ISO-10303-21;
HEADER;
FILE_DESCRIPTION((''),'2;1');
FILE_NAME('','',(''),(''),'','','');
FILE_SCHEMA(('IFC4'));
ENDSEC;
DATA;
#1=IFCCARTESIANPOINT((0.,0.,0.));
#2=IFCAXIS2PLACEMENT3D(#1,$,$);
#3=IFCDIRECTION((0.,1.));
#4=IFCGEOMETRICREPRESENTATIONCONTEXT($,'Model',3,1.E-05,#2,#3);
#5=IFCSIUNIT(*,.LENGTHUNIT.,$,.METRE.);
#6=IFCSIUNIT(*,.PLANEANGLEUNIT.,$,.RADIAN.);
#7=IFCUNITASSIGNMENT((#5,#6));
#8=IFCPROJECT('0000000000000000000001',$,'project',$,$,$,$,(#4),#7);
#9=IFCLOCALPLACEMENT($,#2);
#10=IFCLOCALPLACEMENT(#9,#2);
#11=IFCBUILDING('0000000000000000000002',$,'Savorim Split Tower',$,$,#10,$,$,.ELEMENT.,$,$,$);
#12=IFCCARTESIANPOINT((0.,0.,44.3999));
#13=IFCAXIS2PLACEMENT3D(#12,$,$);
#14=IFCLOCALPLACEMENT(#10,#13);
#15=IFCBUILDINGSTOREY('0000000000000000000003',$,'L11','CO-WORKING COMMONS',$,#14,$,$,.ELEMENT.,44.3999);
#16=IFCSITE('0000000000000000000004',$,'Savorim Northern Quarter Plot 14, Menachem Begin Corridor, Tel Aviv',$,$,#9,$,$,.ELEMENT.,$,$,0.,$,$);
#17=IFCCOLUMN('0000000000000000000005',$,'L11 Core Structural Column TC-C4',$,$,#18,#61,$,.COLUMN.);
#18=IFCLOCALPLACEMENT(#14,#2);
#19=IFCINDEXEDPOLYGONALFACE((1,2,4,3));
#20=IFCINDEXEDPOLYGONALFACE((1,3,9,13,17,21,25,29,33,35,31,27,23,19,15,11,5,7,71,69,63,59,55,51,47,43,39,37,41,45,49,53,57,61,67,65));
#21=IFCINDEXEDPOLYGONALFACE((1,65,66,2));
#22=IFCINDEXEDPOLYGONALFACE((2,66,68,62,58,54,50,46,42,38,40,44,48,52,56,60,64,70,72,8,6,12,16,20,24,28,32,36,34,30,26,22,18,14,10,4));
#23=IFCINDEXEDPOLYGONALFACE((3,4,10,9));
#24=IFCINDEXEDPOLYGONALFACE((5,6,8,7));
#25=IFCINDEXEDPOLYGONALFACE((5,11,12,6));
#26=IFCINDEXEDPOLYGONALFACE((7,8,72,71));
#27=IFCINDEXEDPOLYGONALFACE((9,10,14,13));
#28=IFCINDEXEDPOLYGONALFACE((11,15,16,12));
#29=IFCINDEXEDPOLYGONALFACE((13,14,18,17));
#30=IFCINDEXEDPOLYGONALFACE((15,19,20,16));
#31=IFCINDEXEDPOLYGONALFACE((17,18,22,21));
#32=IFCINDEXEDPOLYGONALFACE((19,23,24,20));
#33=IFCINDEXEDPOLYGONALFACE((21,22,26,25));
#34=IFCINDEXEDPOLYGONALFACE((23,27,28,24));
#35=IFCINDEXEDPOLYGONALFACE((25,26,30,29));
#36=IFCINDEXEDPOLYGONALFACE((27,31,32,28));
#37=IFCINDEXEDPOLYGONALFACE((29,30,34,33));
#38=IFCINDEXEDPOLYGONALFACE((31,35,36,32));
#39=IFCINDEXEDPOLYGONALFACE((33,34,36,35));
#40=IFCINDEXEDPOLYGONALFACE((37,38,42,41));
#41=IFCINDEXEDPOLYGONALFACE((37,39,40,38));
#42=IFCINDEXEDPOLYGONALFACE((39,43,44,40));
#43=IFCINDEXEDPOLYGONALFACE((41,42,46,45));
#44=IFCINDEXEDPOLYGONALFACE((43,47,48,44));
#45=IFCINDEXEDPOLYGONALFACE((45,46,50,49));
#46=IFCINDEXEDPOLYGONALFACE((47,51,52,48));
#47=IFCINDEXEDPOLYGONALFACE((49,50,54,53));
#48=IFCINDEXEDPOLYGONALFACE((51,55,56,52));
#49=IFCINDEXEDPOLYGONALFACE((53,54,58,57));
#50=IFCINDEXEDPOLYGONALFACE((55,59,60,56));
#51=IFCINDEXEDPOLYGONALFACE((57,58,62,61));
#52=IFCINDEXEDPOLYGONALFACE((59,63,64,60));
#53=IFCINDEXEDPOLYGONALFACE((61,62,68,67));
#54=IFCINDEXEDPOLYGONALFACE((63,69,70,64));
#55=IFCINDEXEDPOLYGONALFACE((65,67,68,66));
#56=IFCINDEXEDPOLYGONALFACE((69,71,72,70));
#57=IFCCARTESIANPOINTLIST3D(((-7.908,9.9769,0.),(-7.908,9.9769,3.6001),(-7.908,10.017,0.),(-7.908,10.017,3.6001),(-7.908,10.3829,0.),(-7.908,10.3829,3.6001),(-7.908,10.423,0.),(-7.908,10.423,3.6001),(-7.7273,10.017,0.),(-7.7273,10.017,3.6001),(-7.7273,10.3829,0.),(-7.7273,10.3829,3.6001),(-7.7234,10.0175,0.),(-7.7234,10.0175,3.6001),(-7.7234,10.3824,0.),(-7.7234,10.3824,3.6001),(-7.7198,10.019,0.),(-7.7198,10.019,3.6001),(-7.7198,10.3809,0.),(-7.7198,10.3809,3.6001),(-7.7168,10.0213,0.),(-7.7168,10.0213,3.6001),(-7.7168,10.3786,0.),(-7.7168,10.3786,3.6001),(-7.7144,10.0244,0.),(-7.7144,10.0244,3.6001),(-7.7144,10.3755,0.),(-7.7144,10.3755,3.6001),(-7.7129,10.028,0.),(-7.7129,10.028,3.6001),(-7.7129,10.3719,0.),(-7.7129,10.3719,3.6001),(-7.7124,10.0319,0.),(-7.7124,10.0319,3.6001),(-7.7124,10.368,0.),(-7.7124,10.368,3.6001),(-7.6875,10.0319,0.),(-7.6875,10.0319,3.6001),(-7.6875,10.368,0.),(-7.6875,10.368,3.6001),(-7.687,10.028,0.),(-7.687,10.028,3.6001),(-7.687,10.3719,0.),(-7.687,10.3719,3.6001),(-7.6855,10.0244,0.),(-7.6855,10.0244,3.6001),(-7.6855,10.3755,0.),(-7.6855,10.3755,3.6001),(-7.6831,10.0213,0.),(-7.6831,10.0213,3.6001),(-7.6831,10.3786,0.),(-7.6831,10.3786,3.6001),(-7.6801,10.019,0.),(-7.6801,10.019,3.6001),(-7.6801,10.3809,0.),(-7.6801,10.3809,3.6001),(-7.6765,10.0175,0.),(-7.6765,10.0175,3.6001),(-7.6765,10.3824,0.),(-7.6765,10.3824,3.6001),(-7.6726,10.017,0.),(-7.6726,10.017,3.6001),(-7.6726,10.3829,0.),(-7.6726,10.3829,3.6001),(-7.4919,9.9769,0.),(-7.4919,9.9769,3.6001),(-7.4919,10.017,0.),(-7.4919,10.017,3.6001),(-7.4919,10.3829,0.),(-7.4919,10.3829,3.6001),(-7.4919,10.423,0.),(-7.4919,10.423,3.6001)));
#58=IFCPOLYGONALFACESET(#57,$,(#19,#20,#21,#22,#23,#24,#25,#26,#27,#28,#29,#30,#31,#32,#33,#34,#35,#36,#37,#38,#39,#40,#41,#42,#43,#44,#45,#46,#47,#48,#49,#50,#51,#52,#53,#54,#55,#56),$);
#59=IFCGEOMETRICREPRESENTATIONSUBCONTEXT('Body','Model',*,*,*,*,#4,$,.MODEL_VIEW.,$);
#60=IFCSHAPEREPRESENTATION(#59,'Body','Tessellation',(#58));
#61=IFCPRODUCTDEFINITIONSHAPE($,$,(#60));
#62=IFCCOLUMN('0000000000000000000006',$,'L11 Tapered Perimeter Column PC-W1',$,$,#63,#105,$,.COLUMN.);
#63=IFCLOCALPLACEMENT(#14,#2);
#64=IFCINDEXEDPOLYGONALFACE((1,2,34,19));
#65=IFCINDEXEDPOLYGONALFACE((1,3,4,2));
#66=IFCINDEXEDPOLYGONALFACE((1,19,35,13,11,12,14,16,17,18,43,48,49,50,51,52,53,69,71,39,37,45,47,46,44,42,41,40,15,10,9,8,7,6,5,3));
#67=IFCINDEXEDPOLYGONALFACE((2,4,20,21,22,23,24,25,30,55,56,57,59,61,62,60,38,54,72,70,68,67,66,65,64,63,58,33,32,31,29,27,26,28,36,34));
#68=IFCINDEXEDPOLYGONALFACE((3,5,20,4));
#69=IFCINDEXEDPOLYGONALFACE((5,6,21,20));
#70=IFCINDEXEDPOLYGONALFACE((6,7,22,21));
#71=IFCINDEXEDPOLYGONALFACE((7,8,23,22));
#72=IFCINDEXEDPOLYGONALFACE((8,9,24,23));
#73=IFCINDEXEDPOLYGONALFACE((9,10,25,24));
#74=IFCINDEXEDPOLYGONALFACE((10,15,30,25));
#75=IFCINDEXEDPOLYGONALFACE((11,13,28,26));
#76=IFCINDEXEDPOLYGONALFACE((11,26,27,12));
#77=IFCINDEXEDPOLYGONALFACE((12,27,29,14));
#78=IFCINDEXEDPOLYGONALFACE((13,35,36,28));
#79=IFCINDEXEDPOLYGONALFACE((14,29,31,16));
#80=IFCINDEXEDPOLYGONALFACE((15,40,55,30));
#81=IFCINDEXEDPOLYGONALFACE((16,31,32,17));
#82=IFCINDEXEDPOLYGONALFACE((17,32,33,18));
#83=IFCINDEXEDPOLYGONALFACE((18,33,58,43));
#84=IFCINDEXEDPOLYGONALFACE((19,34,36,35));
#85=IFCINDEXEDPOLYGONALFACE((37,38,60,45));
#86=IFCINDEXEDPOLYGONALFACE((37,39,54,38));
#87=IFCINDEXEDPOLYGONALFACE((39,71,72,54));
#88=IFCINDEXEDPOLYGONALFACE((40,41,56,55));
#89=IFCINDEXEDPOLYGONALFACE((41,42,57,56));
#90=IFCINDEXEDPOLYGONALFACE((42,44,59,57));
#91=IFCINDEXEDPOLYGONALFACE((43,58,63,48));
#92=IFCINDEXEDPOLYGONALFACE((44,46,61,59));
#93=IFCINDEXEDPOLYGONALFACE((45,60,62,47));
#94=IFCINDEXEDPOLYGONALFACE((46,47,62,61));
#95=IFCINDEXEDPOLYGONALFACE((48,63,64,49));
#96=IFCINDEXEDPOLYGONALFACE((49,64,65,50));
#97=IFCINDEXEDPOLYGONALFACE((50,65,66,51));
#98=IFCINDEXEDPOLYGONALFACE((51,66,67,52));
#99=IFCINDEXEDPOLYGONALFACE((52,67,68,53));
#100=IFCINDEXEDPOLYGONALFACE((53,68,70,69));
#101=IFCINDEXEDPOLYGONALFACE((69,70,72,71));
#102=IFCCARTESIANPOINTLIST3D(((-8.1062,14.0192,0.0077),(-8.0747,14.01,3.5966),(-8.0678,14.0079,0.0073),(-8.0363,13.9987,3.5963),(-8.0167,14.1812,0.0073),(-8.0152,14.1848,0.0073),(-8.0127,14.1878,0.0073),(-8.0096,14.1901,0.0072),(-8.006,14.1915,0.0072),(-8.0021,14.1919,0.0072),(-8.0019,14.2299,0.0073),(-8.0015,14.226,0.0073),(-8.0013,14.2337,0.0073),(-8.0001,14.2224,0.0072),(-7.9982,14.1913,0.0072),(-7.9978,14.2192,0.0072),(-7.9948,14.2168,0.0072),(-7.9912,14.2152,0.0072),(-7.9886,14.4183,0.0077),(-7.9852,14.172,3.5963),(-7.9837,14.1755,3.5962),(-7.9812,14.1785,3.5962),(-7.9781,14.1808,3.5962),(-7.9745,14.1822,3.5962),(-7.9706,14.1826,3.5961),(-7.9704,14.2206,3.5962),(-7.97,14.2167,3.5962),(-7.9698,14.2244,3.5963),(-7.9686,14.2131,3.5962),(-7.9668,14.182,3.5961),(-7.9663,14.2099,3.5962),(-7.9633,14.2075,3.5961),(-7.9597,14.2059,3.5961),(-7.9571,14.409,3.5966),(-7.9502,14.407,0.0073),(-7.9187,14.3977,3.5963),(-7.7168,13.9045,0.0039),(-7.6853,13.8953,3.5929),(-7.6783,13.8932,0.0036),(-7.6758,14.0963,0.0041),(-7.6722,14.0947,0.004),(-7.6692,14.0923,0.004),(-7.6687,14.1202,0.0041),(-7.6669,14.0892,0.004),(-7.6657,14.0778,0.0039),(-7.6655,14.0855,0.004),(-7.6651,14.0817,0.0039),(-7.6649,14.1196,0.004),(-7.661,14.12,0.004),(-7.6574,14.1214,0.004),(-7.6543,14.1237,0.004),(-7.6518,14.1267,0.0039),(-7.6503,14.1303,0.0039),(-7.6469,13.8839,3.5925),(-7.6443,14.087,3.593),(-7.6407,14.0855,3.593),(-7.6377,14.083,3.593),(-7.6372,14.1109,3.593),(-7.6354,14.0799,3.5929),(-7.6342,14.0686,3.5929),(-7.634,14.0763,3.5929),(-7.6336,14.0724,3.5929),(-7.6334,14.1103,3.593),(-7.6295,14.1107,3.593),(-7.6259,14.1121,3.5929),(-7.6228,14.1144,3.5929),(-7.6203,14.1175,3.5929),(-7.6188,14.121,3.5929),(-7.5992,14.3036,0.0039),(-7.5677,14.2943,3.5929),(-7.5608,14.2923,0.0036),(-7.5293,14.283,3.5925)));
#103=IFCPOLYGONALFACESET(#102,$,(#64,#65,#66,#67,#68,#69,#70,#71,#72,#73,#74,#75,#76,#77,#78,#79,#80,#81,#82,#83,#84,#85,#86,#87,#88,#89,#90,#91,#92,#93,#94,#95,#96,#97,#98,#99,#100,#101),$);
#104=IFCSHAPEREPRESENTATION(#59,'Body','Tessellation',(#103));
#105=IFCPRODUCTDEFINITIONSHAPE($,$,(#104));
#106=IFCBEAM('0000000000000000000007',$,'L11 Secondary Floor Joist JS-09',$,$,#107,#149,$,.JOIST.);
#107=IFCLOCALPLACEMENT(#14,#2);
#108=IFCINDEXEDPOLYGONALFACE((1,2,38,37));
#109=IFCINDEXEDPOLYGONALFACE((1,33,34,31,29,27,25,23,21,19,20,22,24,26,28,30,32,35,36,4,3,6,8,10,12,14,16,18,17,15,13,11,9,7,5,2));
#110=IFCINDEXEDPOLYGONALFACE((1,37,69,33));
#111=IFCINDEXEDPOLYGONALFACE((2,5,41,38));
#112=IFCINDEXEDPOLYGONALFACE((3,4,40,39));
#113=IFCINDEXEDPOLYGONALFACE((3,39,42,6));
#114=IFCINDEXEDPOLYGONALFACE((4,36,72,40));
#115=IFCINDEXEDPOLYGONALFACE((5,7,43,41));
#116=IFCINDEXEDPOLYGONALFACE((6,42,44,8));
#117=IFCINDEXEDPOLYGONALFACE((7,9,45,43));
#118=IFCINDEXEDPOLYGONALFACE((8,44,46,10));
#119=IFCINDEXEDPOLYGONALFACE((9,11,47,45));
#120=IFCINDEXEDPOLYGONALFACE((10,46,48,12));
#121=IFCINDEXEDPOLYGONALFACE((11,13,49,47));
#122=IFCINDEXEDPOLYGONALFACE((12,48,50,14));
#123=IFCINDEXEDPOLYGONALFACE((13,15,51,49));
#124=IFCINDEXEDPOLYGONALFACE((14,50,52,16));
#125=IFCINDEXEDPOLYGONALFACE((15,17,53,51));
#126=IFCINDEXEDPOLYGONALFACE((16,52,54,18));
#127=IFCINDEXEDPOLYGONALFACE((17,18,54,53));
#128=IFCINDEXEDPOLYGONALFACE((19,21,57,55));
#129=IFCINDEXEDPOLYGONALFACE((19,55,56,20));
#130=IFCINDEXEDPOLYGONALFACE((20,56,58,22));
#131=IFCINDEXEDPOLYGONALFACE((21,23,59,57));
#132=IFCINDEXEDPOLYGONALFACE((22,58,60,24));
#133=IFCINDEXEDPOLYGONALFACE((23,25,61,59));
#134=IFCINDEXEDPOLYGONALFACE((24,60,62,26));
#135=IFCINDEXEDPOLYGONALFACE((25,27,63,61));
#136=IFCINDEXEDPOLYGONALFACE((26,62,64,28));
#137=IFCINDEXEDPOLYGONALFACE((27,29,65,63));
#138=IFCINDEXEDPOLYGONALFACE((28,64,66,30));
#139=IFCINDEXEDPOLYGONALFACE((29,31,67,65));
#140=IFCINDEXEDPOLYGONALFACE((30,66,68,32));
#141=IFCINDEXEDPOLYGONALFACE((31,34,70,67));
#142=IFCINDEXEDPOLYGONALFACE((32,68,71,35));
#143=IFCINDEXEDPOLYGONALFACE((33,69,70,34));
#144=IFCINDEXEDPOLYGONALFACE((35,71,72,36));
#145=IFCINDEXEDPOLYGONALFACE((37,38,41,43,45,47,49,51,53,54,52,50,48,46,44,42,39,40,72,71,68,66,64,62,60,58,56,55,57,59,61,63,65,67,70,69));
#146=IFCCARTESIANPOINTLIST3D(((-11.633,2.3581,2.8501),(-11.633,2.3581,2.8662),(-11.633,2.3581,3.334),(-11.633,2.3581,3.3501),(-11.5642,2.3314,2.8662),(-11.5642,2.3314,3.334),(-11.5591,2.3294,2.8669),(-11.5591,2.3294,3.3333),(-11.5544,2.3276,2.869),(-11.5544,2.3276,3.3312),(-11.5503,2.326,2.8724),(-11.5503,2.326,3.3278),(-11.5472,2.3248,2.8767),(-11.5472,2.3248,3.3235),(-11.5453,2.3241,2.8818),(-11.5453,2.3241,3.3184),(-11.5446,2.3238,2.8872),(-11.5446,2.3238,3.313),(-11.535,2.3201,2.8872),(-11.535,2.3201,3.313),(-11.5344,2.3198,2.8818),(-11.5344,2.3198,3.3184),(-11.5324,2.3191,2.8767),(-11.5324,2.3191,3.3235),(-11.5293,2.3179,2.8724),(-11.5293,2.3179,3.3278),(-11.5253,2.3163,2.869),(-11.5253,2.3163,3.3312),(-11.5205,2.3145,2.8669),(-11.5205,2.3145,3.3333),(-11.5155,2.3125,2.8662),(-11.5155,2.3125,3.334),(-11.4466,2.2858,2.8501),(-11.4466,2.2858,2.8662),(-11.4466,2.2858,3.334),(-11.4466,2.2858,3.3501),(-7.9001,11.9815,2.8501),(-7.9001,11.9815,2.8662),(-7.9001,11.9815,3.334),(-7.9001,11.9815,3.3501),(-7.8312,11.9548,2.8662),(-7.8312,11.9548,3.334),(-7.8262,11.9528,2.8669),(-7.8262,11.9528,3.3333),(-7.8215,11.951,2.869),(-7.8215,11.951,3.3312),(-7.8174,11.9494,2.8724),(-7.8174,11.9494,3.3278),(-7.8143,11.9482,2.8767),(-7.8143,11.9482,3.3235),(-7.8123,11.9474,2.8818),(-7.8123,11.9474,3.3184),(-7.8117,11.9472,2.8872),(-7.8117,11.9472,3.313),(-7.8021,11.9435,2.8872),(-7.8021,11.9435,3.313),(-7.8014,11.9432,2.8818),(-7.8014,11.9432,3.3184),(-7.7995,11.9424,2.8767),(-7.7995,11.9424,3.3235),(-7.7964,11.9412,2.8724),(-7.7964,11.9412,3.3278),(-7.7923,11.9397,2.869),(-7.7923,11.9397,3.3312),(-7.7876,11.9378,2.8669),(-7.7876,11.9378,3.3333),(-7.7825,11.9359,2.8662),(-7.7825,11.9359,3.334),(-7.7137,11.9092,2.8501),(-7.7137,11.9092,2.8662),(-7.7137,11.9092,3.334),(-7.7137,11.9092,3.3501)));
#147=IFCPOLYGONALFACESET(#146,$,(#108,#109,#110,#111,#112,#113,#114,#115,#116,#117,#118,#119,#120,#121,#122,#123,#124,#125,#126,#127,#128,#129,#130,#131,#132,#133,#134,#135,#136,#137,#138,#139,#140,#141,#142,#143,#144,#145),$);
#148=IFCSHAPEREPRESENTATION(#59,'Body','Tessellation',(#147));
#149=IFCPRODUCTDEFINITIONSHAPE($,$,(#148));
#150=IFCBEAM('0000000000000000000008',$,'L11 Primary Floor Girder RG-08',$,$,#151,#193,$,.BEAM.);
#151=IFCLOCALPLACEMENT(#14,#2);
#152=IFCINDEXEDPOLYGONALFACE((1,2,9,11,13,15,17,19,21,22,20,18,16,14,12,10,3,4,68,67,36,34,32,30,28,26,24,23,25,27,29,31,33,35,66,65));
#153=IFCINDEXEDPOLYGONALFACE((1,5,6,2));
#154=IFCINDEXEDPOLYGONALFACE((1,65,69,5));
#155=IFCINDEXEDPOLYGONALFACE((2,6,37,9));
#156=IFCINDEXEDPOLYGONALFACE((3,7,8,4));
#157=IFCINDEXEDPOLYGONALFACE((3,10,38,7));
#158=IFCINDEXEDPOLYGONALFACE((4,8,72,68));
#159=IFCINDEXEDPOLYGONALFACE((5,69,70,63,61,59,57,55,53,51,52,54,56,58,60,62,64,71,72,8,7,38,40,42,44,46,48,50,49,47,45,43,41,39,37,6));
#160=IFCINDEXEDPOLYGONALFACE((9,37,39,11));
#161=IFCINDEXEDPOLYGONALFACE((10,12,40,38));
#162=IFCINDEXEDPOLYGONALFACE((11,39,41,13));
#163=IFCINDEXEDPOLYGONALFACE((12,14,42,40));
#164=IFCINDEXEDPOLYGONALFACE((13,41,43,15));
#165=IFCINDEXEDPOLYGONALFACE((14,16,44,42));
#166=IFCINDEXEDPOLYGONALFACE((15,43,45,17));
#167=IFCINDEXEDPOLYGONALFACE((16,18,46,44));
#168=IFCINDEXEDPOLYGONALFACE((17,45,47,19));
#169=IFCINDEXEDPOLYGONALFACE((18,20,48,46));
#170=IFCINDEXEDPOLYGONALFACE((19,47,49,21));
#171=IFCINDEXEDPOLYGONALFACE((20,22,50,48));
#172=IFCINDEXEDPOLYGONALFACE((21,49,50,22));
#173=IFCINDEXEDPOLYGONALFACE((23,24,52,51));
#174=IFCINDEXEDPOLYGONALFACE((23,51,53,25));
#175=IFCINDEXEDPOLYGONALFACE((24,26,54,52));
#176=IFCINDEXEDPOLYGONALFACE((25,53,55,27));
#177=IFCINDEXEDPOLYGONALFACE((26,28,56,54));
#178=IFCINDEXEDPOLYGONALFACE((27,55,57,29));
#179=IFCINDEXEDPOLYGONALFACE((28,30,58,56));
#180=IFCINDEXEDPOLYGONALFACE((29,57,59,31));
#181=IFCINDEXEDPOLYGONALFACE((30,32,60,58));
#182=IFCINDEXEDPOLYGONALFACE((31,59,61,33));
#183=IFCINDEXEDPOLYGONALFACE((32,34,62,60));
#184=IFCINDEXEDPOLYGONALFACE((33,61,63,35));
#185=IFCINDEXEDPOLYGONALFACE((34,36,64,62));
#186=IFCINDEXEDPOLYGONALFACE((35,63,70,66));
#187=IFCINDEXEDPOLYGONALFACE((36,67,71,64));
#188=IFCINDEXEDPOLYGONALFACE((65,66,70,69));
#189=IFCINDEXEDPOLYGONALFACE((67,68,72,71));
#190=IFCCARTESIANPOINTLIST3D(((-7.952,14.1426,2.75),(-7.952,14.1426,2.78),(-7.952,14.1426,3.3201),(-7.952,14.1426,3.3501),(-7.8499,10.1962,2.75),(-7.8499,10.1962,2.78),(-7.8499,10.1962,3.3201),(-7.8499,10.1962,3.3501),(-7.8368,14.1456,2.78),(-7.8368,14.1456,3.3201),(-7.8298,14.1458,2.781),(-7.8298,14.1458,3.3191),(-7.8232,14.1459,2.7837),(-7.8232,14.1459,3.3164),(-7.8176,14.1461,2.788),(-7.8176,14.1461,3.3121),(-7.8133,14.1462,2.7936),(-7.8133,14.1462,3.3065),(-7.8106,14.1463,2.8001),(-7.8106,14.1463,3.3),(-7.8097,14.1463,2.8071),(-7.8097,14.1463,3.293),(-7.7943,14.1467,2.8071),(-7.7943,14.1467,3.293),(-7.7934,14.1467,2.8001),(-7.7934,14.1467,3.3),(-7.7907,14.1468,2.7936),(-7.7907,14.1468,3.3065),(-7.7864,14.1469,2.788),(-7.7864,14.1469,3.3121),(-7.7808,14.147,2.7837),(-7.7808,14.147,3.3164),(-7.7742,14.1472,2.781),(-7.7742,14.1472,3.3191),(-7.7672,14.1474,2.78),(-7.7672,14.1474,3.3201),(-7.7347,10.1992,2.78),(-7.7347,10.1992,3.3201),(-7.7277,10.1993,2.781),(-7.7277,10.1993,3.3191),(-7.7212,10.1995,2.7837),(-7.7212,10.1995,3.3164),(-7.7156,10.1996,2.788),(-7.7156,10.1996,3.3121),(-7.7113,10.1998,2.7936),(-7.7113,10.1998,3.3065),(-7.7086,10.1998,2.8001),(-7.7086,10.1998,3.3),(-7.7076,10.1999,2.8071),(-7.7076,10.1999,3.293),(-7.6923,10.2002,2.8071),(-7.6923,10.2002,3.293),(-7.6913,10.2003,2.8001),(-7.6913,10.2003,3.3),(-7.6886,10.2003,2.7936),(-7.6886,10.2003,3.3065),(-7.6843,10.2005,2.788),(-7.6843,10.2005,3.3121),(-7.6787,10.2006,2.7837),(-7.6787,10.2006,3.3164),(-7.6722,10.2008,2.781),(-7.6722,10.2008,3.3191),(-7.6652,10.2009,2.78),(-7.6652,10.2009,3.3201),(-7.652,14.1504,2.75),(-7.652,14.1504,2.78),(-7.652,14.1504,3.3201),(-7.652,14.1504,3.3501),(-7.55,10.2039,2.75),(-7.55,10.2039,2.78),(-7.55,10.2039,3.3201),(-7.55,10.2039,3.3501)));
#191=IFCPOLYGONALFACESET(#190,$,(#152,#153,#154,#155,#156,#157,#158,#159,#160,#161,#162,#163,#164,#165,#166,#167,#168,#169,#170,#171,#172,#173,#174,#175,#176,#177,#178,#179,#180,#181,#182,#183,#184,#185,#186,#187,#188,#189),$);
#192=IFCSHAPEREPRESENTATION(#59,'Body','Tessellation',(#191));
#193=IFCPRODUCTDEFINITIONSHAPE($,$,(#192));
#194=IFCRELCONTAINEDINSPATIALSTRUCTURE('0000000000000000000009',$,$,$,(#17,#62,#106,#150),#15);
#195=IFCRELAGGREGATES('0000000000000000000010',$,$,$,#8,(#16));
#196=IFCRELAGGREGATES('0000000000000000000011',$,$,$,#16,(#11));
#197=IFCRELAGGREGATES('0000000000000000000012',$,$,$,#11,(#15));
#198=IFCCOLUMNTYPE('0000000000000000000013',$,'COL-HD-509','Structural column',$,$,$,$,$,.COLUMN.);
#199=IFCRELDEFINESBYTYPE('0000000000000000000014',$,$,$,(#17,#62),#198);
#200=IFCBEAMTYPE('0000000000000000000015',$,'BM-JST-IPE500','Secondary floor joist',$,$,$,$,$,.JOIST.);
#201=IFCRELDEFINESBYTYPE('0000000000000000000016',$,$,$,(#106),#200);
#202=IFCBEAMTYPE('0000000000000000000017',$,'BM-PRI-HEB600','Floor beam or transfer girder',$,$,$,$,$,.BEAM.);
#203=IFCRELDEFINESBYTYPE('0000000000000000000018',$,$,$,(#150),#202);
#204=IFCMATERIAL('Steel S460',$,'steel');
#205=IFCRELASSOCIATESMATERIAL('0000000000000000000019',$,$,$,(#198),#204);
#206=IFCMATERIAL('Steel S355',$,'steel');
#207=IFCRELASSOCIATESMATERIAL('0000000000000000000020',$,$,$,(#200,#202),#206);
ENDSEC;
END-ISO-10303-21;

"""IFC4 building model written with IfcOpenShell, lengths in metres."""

from ifc_helpers import new_model, si_unit, direction, frame, origin, origin_2d, place, context, subcontext, project, spatial, i_section, extrude, material, material_profile, profile_set, type_object, element, save


model = new_model("IFC4")

# Units and contexts
model_context = context("Model", 3, precision=1e-05, world=origin(), true_north=direction((0.0, 1.0)))
body_context = subcontext(model_context, "Body", "Model", "MODEL_VIEW")
ifc_project = project(units=[si_unit("LENGTHUNIT", "METRE"), si_unit("PLANEANGLEUNIT", "RADIAN")], contexts=[model_context])

# Site, building, storey
site_placement = place(None, origin())
site = spatial("IfcSite", under=ifc_project, at=site_placement, Name="Savorim Northern Quarter Plot 14, Menachem Begin Corridor, Tel Aviv", CompositionType="ELEMENT", RefElevation=0.0)
building_placement = place(site_placement, origin())
building = spatial("IfcBuilding", under=site, at=building_placement, Name="Savorim Split Tower", CompositionType="ELEMENT")
storey_placement = place(building_placement, frame((0.0, 0.0, 44.3999)))
storey = spatial("IfcBuildingStorey", under=building, at=storey_placement, Name="L11", Description="CO-WORKING COMMONS", CompositionType="ELEMENT", Elevation=44.3999)

# Columns
ifc_material_1 = material(Name="Steel S460", Category="steel")
ifc_material_profile_1 = material_profile(ifc_material_1, i_section(OverallWidth=0.416, OverallDepth=0.446, WebThickness=0.0249, FlangeThickness=0.04, FilletRadius=0.0149, at=origin_2d()), Name="HD 400x509")
ifc_profile_set_1 = profile_set([ifc_material_profile_1], Name="Steel S460")
column_type = type_object("IfcColumnType", Name="COL-HD-509", Description="Structural column", PredefinedType="COLUMN", material=ifc_profile_set_1)
column_1_placement = place(storey_placement, frame((-7.7, 10.2, 0.0), z_axis=(0.0, 0.0, 1.0), x_axis=(1.0, 0.0, 0.0)))
element("IfcColumn", 1, at=column_1_placement, inside=storey, type_object=column_type, Name="L11 Core Structural Column TC-C4", PredefinedType="COLUMN", context=body_context, shape_type="SweptSolid", body=[
    extrude(i_section(OverallWidth=0.416, OverallDepth=0.446, WebThickness=0.0249, FlangeThickness=0.04, FilletRadius=0.0149, at=origin_2d()), origin(), (0.0, 0.0, 1.0), 3.6001),
])
column_2_placement = place(storey_placement, frame((-7.8335, 14.1558, 0.0056), z_axis=(0.008775, -0.002585, 0.999958), x_axis=(0.282569, 0.959247, 0.0)))
element("IfcColumn", 2, at=column_2_placement, inside=storey, type_object=column_type, Name="L11 Tapered Perimeter Column PC-W1", PredefinedType="COLUMN", context=body_context, shape_type="SweptSolid", body=[
    extrude(i_section(OverallWidth=0.416, OverallDepth=0.446, WebThickness=0.0249, FlangeThickness=0.04, FilletRadius=0.0149, at=origin_2d()), origin(), (0.0, 0.0, 1.0), 3.5891),
])

# Beams
ifc_material_2 = material(Name="Steel S355", Category="steel")
ifc_material_profile_2 = material_profile(ifc_material_2, i_section(OverallWidth=0.2, OverallDepth=0.5, WebThickness=0.0103, FlangeThickness=0.0161, FilletRadius=0.021, at=origin_2d()), Name="IPE 500")
ifc_profile_set_2 = profile_set([ifc_material_profile_2], Name="Steel S355")
beam_type_1 = type_object("IfcBeamType", Name="BM-JST-IPE500", Description="Secondary floor joist", PredefinedType="JOIST", material=ifc_profile_set_2)
beam_1_placement = place(storey_placement, frame((-7.8069, 11.9453, 3.1001), z_axis=(-0.361648, -0.932315, 0.0), x_axis=(0.932315, -0.361648, 0.0)))
element("IfcBeam", 3, at=beam_1_placement, inside=storey, type_object=beam_type_1, Name="L11 Secondary Floor Joist JS-09", PredefinedType="JOIST", context=body_context, shape_type="SweptSolid", body=[
    extrude(i_section(OverallWidth=0.2, OverallDepth=0.5, WebThickness=0.0103, FlangeThickness=0.0161, FilletRadius=0.021, at=origin_2d()), origin(), (0.0, 0.0, 1.0), 10.322),
])
ifc_material_profile_3 = material_profile(ifc_material_2, i_section(OverallWidth=0.3, OverallDepth=0.6001, WebThickness=0.0154, FlangeThickness=0.03, FilletRadius=0.0271, at=origin_2d()), Name="HEB 600")
ifc_profile_set_3 = profile_set([ifc_material_profile_3], Name="Steel S355")
beam_type_2 = type_object("IfcBeamType", Name="BM-PRI-HEB600", Description="Floor beam or transfer girder", PredefinedType="BEAM", material=ifc_profile_set_3)
beam_2_placement = place(storey_placement, frame((-7.802, 14.1465, 3.05), z_axis=(0.02585, -0.999666, 0.0), x_axis=(0.999666, 0.02585, 0.0)))
element("IfcBeam", 4, at=beam_2_placement, inside=storey, type_object=beam_type_2, Name="L11 Primary Floor Girder RG-08", PredefinedType="BEAM", context=body_context, shape_type="SweptSolid", body=[
    extrude(i_section(OverallWidth=0.3, OverallDepth=0.6001, WebThickness=0.0154, FlangeThickness=0.03, FilletRadius=0.0271, at=origin_2d()), origin(), (0.0, 0.0, 1.0), 3.9478),
])

save(model, "model.ifc")
